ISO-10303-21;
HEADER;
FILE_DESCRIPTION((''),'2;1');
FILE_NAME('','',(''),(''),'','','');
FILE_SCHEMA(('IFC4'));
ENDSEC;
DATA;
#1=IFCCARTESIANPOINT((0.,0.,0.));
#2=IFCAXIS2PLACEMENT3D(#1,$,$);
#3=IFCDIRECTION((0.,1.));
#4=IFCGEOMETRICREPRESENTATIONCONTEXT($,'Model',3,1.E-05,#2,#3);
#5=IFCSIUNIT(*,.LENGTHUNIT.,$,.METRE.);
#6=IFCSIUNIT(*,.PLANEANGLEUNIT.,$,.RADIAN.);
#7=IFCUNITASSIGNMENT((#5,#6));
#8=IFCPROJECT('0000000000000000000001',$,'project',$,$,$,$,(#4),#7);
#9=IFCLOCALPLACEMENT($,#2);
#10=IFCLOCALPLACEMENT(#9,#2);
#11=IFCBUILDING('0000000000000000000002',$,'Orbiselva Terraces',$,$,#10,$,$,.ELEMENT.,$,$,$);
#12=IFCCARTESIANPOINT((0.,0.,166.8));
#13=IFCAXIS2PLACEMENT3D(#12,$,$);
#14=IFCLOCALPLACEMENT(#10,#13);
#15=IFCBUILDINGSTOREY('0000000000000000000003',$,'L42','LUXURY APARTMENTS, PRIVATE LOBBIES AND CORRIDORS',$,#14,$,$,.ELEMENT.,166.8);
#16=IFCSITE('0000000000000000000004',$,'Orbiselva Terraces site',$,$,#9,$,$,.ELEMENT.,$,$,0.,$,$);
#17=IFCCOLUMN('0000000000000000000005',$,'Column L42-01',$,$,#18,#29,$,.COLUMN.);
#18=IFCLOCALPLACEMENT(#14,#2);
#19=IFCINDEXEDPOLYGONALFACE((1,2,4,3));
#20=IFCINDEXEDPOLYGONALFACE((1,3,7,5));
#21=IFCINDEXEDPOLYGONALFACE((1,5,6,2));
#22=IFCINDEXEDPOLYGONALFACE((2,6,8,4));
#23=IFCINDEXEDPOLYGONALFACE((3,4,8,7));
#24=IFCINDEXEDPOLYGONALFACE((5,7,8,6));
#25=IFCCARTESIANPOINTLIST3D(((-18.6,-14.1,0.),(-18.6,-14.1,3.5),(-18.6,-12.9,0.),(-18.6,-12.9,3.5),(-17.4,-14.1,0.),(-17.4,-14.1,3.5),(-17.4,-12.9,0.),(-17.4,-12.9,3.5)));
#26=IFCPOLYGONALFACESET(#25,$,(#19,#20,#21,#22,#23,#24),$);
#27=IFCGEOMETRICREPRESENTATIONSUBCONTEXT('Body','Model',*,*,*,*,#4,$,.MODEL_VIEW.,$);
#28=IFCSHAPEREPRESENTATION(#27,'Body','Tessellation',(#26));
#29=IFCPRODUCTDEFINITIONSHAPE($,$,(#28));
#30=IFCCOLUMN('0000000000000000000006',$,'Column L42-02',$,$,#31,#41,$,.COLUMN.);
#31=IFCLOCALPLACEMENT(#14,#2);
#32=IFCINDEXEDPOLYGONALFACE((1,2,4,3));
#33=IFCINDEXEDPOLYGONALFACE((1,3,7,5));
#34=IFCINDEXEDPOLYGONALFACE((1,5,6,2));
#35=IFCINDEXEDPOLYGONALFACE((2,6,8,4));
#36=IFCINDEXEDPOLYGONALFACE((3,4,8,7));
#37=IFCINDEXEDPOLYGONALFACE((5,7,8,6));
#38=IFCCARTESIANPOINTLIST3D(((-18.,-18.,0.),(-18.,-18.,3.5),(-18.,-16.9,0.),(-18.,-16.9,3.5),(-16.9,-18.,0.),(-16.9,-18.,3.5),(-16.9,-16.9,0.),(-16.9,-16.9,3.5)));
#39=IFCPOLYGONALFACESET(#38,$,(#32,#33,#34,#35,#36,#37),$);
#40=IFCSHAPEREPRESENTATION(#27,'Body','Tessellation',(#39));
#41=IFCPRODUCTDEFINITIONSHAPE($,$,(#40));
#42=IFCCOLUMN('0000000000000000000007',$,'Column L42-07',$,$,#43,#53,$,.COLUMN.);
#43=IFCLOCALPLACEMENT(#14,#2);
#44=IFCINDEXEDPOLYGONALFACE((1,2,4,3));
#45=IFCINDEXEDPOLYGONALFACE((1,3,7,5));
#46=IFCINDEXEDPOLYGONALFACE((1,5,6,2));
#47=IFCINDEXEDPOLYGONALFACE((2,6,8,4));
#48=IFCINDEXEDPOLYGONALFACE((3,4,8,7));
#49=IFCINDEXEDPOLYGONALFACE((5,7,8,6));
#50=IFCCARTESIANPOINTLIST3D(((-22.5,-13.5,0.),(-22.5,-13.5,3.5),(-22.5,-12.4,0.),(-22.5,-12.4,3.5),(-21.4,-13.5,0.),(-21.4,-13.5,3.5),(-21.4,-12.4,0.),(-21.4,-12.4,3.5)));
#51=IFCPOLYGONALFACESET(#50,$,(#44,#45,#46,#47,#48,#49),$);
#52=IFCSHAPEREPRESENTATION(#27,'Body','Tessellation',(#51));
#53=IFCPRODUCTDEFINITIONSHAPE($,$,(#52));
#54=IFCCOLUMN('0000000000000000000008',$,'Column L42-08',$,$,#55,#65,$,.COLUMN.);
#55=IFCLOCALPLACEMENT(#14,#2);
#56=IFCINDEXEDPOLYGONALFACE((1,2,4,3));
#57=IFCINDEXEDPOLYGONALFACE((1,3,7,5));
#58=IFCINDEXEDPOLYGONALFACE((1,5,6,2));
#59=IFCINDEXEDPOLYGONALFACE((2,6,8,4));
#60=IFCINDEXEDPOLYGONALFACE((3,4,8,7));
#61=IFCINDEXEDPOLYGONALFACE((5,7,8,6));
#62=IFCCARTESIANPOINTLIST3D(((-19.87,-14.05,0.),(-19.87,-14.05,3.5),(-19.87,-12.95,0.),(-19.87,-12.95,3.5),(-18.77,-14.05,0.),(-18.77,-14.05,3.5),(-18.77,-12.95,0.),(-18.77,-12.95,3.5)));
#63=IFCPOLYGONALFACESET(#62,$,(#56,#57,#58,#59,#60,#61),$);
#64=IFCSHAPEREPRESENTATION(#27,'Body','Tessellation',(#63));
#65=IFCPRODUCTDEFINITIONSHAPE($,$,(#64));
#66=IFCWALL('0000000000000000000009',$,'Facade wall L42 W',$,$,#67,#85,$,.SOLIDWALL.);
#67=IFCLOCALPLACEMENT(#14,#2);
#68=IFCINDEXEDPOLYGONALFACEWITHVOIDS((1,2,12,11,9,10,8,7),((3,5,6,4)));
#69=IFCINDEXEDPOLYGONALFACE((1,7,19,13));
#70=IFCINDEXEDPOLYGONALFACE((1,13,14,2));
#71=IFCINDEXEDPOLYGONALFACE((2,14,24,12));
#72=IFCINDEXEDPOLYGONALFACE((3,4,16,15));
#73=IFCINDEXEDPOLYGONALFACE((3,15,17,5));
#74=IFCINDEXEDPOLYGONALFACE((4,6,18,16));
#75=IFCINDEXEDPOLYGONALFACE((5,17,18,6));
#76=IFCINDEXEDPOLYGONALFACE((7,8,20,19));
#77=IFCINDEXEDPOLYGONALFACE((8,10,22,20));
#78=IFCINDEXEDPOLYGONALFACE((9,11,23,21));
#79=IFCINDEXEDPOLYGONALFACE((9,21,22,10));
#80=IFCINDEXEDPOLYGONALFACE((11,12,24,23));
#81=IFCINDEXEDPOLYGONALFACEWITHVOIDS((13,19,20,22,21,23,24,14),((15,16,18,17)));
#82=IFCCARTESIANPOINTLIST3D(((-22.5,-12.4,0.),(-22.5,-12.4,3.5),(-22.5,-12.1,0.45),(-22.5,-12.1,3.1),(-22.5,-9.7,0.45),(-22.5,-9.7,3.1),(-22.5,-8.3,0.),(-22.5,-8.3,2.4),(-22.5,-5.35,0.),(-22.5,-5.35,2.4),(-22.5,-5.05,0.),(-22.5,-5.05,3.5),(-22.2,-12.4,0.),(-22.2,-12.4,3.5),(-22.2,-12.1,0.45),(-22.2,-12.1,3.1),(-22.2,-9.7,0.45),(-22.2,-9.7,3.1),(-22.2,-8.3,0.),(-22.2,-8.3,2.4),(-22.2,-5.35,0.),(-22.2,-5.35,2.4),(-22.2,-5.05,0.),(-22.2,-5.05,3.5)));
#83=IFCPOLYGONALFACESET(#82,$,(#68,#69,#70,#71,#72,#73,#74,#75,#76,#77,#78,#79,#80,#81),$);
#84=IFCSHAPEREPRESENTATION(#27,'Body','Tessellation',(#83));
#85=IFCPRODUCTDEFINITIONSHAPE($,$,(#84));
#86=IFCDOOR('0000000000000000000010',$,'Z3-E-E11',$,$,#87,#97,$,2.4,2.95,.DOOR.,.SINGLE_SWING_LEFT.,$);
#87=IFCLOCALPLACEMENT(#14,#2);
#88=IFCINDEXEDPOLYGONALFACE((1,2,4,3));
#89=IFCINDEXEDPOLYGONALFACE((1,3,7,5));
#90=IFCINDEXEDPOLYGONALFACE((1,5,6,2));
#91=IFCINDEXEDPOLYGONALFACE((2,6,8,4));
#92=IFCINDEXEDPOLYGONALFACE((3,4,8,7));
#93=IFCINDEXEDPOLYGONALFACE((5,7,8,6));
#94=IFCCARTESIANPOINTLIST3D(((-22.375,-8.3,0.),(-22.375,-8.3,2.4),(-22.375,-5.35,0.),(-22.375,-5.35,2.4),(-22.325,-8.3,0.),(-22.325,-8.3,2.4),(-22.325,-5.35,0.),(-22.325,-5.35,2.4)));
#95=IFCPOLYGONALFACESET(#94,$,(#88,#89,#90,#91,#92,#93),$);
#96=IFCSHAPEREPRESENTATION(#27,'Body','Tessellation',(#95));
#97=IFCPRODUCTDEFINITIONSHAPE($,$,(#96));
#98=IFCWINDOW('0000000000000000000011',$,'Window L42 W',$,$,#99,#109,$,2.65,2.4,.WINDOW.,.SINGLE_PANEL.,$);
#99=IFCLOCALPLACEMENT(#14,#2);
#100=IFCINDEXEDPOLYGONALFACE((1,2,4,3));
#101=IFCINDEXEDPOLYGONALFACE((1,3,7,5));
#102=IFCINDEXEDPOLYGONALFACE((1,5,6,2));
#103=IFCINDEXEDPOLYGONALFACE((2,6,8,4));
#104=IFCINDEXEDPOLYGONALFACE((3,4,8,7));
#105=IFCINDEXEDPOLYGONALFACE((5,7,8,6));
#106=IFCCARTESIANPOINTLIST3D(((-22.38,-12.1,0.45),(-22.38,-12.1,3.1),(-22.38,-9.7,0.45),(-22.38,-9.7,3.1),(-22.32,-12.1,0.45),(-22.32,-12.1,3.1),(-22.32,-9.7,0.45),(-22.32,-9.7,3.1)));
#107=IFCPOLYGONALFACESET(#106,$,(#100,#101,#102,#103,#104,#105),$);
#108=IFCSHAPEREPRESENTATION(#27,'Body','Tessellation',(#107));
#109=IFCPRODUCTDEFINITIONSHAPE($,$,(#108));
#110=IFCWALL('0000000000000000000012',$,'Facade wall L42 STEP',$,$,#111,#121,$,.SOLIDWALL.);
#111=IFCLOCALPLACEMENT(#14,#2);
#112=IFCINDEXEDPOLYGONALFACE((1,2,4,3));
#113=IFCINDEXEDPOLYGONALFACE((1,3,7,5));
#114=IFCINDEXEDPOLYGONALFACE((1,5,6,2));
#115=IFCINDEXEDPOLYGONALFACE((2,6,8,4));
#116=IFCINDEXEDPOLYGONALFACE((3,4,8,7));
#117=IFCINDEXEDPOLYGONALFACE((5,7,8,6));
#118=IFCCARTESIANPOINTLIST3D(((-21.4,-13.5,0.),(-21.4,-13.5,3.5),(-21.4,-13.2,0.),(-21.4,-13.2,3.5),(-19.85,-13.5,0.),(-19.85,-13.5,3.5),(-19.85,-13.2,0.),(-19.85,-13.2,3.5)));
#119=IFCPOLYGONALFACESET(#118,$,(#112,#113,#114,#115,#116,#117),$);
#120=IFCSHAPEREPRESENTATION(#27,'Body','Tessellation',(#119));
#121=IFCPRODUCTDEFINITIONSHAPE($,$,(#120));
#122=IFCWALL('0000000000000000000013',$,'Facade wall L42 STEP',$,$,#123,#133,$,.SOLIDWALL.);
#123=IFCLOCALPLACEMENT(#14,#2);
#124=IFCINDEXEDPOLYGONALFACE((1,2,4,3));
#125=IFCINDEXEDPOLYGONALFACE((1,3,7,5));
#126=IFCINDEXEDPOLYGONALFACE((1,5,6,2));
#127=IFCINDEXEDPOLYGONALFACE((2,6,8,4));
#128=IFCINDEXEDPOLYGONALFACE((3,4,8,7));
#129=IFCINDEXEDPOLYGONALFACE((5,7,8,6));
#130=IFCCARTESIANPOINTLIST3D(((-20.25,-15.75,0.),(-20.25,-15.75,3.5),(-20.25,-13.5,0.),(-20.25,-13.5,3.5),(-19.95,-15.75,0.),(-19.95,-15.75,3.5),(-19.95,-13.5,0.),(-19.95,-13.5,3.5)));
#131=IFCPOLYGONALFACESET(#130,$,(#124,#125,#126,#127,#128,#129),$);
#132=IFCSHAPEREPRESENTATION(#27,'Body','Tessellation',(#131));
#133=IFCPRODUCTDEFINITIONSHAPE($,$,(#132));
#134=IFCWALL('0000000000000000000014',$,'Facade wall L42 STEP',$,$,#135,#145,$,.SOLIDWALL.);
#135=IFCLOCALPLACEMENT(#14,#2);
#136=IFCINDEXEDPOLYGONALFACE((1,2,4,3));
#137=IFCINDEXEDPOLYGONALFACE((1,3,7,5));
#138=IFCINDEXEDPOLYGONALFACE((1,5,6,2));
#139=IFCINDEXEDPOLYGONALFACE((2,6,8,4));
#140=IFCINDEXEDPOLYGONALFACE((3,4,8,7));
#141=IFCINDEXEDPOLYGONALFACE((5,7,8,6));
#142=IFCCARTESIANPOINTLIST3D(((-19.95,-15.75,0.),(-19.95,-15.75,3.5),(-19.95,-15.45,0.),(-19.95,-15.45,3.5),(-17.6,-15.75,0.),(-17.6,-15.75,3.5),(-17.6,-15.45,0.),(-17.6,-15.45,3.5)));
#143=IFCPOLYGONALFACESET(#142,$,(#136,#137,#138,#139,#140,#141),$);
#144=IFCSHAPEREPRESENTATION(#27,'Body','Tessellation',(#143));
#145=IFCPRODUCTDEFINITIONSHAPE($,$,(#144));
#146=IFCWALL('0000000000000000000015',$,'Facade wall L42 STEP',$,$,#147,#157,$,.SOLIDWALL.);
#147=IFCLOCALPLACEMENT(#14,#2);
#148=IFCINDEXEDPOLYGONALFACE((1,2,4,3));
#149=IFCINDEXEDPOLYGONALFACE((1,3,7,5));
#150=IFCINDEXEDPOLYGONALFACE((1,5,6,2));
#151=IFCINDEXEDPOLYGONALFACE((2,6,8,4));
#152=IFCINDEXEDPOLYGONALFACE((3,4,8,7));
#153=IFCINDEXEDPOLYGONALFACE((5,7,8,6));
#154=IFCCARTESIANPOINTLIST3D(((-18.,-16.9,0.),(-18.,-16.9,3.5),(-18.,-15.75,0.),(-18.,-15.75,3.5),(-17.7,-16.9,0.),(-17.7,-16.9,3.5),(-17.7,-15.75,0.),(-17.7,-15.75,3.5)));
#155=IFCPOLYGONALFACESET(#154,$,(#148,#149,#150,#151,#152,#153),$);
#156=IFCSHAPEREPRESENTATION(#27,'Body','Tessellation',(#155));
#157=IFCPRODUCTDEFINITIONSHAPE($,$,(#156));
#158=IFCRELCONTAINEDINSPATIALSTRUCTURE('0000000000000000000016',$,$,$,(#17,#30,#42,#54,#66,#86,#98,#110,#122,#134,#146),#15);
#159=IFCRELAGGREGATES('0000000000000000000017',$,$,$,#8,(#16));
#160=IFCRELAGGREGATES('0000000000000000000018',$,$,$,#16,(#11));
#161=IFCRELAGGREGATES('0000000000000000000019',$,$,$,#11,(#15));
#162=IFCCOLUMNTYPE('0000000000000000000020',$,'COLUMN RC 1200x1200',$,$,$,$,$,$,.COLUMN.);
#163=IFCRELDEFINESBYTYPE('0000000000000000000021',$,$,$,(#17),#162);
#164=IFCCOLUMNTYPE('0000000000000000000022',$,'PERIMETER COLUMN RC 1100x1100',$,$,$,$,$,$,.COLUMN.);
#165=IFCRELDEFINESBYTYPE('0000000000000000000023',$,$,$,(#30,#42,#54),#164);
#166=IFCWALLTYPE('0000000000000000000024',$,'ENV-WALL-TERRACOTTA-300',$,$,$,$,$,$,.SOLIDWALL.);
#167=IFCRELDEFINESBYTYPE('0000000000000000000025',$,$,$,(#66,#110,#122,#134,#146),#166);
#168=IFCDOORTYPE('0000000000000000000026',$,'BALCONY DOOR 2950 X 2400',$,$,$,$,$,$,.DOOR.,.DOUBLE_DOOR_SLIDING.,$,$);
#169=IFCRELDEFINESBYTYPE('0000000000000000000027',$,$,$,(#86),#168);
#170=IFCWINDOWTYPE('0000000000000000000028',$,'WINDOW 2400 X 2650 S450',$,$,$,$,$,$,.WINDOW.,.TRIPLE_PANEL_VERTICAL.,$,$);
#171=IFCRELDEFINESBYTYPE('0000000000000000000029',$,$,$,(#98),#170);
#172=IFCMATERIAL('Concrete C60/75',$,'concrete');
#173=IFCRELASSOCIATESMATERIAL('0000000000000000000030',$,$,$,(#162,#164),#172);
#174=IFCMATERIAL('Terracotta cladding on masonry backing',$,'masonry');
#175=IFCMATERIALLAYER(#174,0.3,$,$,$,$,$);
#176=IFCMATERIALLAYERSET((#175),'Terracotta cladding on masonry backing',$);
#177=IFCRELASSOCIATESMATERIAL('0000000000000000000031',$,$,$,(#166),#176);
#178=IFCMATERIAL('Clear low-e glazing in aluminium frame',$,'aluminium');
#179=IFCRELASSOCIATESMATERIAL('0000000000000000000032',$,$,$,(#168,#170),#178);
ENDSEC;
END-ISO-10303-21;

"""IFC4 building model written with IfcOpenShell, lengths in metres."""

from ifc_helpers import new_model, si_unit, direction, frame, frame_2d, origin, origin_2d, place, context, subcontext, project, spatial, rectangle, extrude, material, layer, layer_set, material_profile, profile_set, type_object, element, fill, save


model = new_model("IFC4")

# Units and contexts
model_context = context("Model", 3, precision=1e-05, world=origin(), true_north=direction((0.0, 1.0)))
body_context = subcontext(model_context, "Body", "Model", "MODEL_VIEW")
ifc_project = project(units=[si_unit("LENGTHUNIT", "METRE"), si_unit("PLANEANGLEUNIT", "RADIAN")], contexts=[model_context])

# Site, building, storey
site_placement = place(None, origin())
site = spatial("IfcSite", under=ifc_project, at=site_placement, Name="Orbiselva Terraces site", CompositionType="ELEMENT", RefElevation=0.0)
building_placement = place(site_placement, origin())
building = spatial("IfcBuilding", under=site, at=building_placement, Name="Orbiselva Terraces", CompositionType="ELEMENT")
storey_placement = place(building_placement, frame((0.0, 0.0, 166.8)))
storey = spatial("IfcBuildingStorey", under=building, at=storey_placement, Name="L42", Description="LUXURY APARTMENTS, PRIVATE LOBBIES AND CORRIDORS", CompositionType="ELEMENT", Elevation=166.8)

# Columns
ifc_material_1 = material(Name="Concrete C60/75", Category="concrete")
ifc_material_profile_1 = material_profile(ifc_material_1, rectangle(XDim=1.2, YDim=1.2, at=origin_2d()), Name="RC 1200x1200")
ifc_profile_set_1 = profile_set([ifc_material_profile_1], Name="Concrete C60/75")
column_type_1 = type_object("IfcColumnType", Name="COLUMN RC 1200x1200", PredefinedType="COLUMN", material=ifc_profile_set_1)
column_placement = place(storey_placement, frame((-18.0, -13.5, 0.0), z_axis=(0.0, 0.0, 1.0), x_axis=(1.0, 0.0, 0.0)))
element("IfcColumn", 1, at=column_placement, inside=storey, type_object=column_type_1, Name="Column L42-01", PredefinedType="COLUMN", context=body_context, shape_type="SweptSolid", body=[
    extrude(rectangle(XDim=1.2, YDim=1.2, at=origin_2d()), origin(), (0.0, 0.0, 1.0), 3.5),
])
ifc_material_profile_2 = material_profile(ifc_material_1, rectangle(XDim=1.1, YDim=1.1, at=origin_2d()), Name="RC 1100x1100")
ifc_profile_set_2 = profile_set([ifc_material_profile_2], Name="Concrete C60/75")
column_type_2 = type_object("IfcColumnType", Name="PERIMETER COLUMN RC 1100x1100", PredefinedType="COLUMN", material=ifc_profile_set_2)
for number, where, z_axis, x_axis, name in (
    (2, (-17.45, -17.45, 0.0), (0.0, 0.0, 1.0), (1.0, 0.0, 0.0), "Column L42-02"),
    (3, (-21.95, -12.95, 0.0), (0.0, 0.0, 1.0), (1.0, 0.0, 0.0), "Column L42-07"),
    (4, (-19.32, -13.5, 0.0), (0.0, 0.0, 1.0), (1.0, 0.0, 0.0), "Column L42-08"),
):
    element("IfcColumn", number, at=place(storey_placement, frame(where, z_axis=z_axis, x_axis=x_axis)), inside=storey, type_object=column_type_2, Name=name, PredefinedType="COLUMN", context=body_context, shape_type="SweptSolid", body=[
        extrude(rectangle(XDim=1.1, YDim=1.1, at=origin_2d()), origin(), (0.0, 0.0, 1.0), 3.5),
    ])

# Wall, openings, door, window
ifc_material_2 = material(Name="Terracotta cladding on masonry backing", Category="masonry")
ifc_layer_1 = layer(ifc_material_2, 0.3)
ifc_layer_set_1 = layer_set([ifc_layer_1], Name="Terracotta cladding on masonry backing")
wall_type_1 = type_object("IfcWallType", Name="ENV-WALL-TERRACOTTA-300", PredefinedType="SOLIDWALL", material=ifc_layer_set_1)
wall_1_placement = place(storey_placement, frame((-22.35, -12.4, 0.0), z_axis=(0.0, 0.0, 1.0), x_axis=(0.0, 1.0, 0.0)))
wall_1 = element("IfcWall", 5, at=wall_1_placement, inside=storey, type_object=wall_type_1, Name="Facade wall L42 W", PredefinedType="SOLIDWALL", context=body_context, shape_type="SweptSolid", body=[
    extrude(rectangle(XDim=7.35, YDim=0.3, at=frame_2d((3.675, 0.0))), origin(), (0.0, 0.0, 1.0), 3.5),
])
opening_1_placement = place(wall_1_placement, frame((4.1, 0.0, 0.0)))
opening_1 = element("IfcOpeningElement", 6, at=opening_1_placement, cuts=wall_1, PredefinedType="OPENING", context=body_context, shape_type="SweptSolid", body=[
    extrude(rectangle(XDim=2.95, YDim=2.4, at=frame_2d((1.475, 1.2))), frame((0.0, 0.16, 0.0), z_axis=(0.0, -1.0, 0.0), x_axis=(1.0, 0.0, 0.0)), (0.0, 0.0, 1.0), 0.32),
])
opening_2_placement = place(wall_1_placement, frame((0.3, 0.0, 0.45)))
opening_2 = element("IfcOpeningElement", 7, at=opening_2_placement, cuts=wall_1, PredefinedType="OPENING", context=body_context, shape_type="SweptSolid", body=[
    extrude(rectangle(XDim=2.4, YDim=2.65, at=frame_2d((1.2, 1.325))), frame((0.0, 0.16, 0.0), z_axis=(0.0, -1.0, 0.0), x_axis=(1.0, 0.0, 0.0)), (0.0, 0.0, 1.0), 0.32),
])
ifc_material_3 = material(Name="Clear low-e glazing in aluminium frame", Category="aluminium")
door_type_1 = type_object("IfcDoorType", Name="BALCONY DOOR 2950 X 2400", OperationType="DOUBLE_DOOR_SLIDING", PredefinedType="DOOR", material=ifc_material_3)
door_1_placement = place(opening_1_placement, origin())
door_1 = element("IfcDoor", 8, at=door_1_placement, inside=storey, type_object=door_type_1, Name="Z3-E-E11", OperationType="SINGLE_SWING_LEFT", OverallHeight=2.4, OverallWidth=2.95, PredefinedType="DOOR", context=body_context, shape_type="SweptSolid", body=[
    extrude(rectangle(XDim=2.95, YDim=2.4, at=frame_2d((1.475, 1.2))), frame((0.0, 0.025, 0.0), z_axis=(0.0, -1.0, 0.0), x_axis=(1.0, 0.0, 0.0)), (0.0, 0.0, 1.0), 0.05),
])
fill(opening_1, door_1)
window_type = type_object("IfcWindowType", Name="WINDOW 2400 X 2650 S450", PartitioningType="TRIPLE_PANEL_VERTICAL", PredefinedType="WINDOW", material=ifc_material_3)
window_placement = place(opening_2_placement, origin())
window = element("IfcWindow", 9, at=window_placement, inside=storey, type_object=window_type, Name="Window L42 W", OverallHeight=2.65, OverallWidth=2.4, PartitioningType="SINGLE_PANEL", PredefinedType="WINDOW", context=body_context, shape_type="SweptSolid", body=[
    extrude(rectangle(XDim=2.4, YDim=2.65, at=frame_2d((1.2, 1.325))), frame((0.0, 0.03, 0.0), z_axis=(0.0, -1.0, 0.0), x_axis=(1.0, 0.0, 0.0)), (0.0, 0.0, 1.0), 0.06),
])
fill(opening_2, window)

# Walls
wall_2_placement = place(storey_placement, frame((-19.85, -13.35, 0.0), z_axis=(0.0, 0.0, 1.0), x_axis=(-1.0, 0.0, 0.0)))
element("IfcWall", 10, at=wall_2_placement, inside=storey, type_object=wall_type_1, Name="Facade wall L42 STEP", PredefinedType="SOLIDWALL", context=body_context, shape_type="SweptSolid", body=[
    extrude(rectangle(XDim=1.55, YDim=0.3, at=frame_2d((0.775, 0.0))), origin(), (0.0, 0.0, 1.0), 3.5),
])
wall_3_placement = place(storey_placement, frame((-20.1, -15.75, 0.0), z_axis=(0.0, 0.0, 1.0), x_axis=(0.0, 1.0, 0.0)))
element("IfcWall", 11, at=wall_3_placement, inside=storey, type_object=wall_type_1, Name="Facade wall L42 STEP", PredefinedType="SOLIDWALL", context=body_context, shape_type="SweptSolid", body=[
    extrude(rectangle(XDim=2.25, YDim=0.3, at=frame_2d((1.125, 0.0))), origin(), (0.0, 0.0, 1.0), 3.5),
])
wall_4_placement = place(storey_placement, frame((-17.6, -15.6, 0.0), z_axis=(0.0, 0.0, 1.0), x_axis=(-1.0, 0.0, 0.0)))
element("IfcWall", 12, at=wall_4_placement, inside=storey, type_object=wall_type_1, Name="Facade wall L42 STEP", PredefinedType="SOLIDWALL", context=body_context, shape_type="SweptSolid", body=[
    extrude(rectangle(XDim=2.35, YDim=0.3, at=frame_2d((1.175, 0.0))), origin(), (0.0, 0.0, 1.0), 3.5),
])
wall_5_placement = place(storey_placement, frame((-17.85, -16.9, 0.0), z_axis=(0.0, 0.0, 1.0), x_axis=(0.0, 1.0, 0.0)))
element("IfcWall", 13, at=wall_5_placement, inside=storey, type_object=wall_type_1, Name="Facade wall L42 STEP", PredefinedType="SOLIDWALL", context=body_context, shape_type="SweptSolid", body=[
    extrude(rectangle(XDim=1.15, YDim=0.3, at=frame_2d((0.575, 0.0))), origin(), (0.0, 0.0, 1.0), 3.5),
])

save(model, "model.ifc")
